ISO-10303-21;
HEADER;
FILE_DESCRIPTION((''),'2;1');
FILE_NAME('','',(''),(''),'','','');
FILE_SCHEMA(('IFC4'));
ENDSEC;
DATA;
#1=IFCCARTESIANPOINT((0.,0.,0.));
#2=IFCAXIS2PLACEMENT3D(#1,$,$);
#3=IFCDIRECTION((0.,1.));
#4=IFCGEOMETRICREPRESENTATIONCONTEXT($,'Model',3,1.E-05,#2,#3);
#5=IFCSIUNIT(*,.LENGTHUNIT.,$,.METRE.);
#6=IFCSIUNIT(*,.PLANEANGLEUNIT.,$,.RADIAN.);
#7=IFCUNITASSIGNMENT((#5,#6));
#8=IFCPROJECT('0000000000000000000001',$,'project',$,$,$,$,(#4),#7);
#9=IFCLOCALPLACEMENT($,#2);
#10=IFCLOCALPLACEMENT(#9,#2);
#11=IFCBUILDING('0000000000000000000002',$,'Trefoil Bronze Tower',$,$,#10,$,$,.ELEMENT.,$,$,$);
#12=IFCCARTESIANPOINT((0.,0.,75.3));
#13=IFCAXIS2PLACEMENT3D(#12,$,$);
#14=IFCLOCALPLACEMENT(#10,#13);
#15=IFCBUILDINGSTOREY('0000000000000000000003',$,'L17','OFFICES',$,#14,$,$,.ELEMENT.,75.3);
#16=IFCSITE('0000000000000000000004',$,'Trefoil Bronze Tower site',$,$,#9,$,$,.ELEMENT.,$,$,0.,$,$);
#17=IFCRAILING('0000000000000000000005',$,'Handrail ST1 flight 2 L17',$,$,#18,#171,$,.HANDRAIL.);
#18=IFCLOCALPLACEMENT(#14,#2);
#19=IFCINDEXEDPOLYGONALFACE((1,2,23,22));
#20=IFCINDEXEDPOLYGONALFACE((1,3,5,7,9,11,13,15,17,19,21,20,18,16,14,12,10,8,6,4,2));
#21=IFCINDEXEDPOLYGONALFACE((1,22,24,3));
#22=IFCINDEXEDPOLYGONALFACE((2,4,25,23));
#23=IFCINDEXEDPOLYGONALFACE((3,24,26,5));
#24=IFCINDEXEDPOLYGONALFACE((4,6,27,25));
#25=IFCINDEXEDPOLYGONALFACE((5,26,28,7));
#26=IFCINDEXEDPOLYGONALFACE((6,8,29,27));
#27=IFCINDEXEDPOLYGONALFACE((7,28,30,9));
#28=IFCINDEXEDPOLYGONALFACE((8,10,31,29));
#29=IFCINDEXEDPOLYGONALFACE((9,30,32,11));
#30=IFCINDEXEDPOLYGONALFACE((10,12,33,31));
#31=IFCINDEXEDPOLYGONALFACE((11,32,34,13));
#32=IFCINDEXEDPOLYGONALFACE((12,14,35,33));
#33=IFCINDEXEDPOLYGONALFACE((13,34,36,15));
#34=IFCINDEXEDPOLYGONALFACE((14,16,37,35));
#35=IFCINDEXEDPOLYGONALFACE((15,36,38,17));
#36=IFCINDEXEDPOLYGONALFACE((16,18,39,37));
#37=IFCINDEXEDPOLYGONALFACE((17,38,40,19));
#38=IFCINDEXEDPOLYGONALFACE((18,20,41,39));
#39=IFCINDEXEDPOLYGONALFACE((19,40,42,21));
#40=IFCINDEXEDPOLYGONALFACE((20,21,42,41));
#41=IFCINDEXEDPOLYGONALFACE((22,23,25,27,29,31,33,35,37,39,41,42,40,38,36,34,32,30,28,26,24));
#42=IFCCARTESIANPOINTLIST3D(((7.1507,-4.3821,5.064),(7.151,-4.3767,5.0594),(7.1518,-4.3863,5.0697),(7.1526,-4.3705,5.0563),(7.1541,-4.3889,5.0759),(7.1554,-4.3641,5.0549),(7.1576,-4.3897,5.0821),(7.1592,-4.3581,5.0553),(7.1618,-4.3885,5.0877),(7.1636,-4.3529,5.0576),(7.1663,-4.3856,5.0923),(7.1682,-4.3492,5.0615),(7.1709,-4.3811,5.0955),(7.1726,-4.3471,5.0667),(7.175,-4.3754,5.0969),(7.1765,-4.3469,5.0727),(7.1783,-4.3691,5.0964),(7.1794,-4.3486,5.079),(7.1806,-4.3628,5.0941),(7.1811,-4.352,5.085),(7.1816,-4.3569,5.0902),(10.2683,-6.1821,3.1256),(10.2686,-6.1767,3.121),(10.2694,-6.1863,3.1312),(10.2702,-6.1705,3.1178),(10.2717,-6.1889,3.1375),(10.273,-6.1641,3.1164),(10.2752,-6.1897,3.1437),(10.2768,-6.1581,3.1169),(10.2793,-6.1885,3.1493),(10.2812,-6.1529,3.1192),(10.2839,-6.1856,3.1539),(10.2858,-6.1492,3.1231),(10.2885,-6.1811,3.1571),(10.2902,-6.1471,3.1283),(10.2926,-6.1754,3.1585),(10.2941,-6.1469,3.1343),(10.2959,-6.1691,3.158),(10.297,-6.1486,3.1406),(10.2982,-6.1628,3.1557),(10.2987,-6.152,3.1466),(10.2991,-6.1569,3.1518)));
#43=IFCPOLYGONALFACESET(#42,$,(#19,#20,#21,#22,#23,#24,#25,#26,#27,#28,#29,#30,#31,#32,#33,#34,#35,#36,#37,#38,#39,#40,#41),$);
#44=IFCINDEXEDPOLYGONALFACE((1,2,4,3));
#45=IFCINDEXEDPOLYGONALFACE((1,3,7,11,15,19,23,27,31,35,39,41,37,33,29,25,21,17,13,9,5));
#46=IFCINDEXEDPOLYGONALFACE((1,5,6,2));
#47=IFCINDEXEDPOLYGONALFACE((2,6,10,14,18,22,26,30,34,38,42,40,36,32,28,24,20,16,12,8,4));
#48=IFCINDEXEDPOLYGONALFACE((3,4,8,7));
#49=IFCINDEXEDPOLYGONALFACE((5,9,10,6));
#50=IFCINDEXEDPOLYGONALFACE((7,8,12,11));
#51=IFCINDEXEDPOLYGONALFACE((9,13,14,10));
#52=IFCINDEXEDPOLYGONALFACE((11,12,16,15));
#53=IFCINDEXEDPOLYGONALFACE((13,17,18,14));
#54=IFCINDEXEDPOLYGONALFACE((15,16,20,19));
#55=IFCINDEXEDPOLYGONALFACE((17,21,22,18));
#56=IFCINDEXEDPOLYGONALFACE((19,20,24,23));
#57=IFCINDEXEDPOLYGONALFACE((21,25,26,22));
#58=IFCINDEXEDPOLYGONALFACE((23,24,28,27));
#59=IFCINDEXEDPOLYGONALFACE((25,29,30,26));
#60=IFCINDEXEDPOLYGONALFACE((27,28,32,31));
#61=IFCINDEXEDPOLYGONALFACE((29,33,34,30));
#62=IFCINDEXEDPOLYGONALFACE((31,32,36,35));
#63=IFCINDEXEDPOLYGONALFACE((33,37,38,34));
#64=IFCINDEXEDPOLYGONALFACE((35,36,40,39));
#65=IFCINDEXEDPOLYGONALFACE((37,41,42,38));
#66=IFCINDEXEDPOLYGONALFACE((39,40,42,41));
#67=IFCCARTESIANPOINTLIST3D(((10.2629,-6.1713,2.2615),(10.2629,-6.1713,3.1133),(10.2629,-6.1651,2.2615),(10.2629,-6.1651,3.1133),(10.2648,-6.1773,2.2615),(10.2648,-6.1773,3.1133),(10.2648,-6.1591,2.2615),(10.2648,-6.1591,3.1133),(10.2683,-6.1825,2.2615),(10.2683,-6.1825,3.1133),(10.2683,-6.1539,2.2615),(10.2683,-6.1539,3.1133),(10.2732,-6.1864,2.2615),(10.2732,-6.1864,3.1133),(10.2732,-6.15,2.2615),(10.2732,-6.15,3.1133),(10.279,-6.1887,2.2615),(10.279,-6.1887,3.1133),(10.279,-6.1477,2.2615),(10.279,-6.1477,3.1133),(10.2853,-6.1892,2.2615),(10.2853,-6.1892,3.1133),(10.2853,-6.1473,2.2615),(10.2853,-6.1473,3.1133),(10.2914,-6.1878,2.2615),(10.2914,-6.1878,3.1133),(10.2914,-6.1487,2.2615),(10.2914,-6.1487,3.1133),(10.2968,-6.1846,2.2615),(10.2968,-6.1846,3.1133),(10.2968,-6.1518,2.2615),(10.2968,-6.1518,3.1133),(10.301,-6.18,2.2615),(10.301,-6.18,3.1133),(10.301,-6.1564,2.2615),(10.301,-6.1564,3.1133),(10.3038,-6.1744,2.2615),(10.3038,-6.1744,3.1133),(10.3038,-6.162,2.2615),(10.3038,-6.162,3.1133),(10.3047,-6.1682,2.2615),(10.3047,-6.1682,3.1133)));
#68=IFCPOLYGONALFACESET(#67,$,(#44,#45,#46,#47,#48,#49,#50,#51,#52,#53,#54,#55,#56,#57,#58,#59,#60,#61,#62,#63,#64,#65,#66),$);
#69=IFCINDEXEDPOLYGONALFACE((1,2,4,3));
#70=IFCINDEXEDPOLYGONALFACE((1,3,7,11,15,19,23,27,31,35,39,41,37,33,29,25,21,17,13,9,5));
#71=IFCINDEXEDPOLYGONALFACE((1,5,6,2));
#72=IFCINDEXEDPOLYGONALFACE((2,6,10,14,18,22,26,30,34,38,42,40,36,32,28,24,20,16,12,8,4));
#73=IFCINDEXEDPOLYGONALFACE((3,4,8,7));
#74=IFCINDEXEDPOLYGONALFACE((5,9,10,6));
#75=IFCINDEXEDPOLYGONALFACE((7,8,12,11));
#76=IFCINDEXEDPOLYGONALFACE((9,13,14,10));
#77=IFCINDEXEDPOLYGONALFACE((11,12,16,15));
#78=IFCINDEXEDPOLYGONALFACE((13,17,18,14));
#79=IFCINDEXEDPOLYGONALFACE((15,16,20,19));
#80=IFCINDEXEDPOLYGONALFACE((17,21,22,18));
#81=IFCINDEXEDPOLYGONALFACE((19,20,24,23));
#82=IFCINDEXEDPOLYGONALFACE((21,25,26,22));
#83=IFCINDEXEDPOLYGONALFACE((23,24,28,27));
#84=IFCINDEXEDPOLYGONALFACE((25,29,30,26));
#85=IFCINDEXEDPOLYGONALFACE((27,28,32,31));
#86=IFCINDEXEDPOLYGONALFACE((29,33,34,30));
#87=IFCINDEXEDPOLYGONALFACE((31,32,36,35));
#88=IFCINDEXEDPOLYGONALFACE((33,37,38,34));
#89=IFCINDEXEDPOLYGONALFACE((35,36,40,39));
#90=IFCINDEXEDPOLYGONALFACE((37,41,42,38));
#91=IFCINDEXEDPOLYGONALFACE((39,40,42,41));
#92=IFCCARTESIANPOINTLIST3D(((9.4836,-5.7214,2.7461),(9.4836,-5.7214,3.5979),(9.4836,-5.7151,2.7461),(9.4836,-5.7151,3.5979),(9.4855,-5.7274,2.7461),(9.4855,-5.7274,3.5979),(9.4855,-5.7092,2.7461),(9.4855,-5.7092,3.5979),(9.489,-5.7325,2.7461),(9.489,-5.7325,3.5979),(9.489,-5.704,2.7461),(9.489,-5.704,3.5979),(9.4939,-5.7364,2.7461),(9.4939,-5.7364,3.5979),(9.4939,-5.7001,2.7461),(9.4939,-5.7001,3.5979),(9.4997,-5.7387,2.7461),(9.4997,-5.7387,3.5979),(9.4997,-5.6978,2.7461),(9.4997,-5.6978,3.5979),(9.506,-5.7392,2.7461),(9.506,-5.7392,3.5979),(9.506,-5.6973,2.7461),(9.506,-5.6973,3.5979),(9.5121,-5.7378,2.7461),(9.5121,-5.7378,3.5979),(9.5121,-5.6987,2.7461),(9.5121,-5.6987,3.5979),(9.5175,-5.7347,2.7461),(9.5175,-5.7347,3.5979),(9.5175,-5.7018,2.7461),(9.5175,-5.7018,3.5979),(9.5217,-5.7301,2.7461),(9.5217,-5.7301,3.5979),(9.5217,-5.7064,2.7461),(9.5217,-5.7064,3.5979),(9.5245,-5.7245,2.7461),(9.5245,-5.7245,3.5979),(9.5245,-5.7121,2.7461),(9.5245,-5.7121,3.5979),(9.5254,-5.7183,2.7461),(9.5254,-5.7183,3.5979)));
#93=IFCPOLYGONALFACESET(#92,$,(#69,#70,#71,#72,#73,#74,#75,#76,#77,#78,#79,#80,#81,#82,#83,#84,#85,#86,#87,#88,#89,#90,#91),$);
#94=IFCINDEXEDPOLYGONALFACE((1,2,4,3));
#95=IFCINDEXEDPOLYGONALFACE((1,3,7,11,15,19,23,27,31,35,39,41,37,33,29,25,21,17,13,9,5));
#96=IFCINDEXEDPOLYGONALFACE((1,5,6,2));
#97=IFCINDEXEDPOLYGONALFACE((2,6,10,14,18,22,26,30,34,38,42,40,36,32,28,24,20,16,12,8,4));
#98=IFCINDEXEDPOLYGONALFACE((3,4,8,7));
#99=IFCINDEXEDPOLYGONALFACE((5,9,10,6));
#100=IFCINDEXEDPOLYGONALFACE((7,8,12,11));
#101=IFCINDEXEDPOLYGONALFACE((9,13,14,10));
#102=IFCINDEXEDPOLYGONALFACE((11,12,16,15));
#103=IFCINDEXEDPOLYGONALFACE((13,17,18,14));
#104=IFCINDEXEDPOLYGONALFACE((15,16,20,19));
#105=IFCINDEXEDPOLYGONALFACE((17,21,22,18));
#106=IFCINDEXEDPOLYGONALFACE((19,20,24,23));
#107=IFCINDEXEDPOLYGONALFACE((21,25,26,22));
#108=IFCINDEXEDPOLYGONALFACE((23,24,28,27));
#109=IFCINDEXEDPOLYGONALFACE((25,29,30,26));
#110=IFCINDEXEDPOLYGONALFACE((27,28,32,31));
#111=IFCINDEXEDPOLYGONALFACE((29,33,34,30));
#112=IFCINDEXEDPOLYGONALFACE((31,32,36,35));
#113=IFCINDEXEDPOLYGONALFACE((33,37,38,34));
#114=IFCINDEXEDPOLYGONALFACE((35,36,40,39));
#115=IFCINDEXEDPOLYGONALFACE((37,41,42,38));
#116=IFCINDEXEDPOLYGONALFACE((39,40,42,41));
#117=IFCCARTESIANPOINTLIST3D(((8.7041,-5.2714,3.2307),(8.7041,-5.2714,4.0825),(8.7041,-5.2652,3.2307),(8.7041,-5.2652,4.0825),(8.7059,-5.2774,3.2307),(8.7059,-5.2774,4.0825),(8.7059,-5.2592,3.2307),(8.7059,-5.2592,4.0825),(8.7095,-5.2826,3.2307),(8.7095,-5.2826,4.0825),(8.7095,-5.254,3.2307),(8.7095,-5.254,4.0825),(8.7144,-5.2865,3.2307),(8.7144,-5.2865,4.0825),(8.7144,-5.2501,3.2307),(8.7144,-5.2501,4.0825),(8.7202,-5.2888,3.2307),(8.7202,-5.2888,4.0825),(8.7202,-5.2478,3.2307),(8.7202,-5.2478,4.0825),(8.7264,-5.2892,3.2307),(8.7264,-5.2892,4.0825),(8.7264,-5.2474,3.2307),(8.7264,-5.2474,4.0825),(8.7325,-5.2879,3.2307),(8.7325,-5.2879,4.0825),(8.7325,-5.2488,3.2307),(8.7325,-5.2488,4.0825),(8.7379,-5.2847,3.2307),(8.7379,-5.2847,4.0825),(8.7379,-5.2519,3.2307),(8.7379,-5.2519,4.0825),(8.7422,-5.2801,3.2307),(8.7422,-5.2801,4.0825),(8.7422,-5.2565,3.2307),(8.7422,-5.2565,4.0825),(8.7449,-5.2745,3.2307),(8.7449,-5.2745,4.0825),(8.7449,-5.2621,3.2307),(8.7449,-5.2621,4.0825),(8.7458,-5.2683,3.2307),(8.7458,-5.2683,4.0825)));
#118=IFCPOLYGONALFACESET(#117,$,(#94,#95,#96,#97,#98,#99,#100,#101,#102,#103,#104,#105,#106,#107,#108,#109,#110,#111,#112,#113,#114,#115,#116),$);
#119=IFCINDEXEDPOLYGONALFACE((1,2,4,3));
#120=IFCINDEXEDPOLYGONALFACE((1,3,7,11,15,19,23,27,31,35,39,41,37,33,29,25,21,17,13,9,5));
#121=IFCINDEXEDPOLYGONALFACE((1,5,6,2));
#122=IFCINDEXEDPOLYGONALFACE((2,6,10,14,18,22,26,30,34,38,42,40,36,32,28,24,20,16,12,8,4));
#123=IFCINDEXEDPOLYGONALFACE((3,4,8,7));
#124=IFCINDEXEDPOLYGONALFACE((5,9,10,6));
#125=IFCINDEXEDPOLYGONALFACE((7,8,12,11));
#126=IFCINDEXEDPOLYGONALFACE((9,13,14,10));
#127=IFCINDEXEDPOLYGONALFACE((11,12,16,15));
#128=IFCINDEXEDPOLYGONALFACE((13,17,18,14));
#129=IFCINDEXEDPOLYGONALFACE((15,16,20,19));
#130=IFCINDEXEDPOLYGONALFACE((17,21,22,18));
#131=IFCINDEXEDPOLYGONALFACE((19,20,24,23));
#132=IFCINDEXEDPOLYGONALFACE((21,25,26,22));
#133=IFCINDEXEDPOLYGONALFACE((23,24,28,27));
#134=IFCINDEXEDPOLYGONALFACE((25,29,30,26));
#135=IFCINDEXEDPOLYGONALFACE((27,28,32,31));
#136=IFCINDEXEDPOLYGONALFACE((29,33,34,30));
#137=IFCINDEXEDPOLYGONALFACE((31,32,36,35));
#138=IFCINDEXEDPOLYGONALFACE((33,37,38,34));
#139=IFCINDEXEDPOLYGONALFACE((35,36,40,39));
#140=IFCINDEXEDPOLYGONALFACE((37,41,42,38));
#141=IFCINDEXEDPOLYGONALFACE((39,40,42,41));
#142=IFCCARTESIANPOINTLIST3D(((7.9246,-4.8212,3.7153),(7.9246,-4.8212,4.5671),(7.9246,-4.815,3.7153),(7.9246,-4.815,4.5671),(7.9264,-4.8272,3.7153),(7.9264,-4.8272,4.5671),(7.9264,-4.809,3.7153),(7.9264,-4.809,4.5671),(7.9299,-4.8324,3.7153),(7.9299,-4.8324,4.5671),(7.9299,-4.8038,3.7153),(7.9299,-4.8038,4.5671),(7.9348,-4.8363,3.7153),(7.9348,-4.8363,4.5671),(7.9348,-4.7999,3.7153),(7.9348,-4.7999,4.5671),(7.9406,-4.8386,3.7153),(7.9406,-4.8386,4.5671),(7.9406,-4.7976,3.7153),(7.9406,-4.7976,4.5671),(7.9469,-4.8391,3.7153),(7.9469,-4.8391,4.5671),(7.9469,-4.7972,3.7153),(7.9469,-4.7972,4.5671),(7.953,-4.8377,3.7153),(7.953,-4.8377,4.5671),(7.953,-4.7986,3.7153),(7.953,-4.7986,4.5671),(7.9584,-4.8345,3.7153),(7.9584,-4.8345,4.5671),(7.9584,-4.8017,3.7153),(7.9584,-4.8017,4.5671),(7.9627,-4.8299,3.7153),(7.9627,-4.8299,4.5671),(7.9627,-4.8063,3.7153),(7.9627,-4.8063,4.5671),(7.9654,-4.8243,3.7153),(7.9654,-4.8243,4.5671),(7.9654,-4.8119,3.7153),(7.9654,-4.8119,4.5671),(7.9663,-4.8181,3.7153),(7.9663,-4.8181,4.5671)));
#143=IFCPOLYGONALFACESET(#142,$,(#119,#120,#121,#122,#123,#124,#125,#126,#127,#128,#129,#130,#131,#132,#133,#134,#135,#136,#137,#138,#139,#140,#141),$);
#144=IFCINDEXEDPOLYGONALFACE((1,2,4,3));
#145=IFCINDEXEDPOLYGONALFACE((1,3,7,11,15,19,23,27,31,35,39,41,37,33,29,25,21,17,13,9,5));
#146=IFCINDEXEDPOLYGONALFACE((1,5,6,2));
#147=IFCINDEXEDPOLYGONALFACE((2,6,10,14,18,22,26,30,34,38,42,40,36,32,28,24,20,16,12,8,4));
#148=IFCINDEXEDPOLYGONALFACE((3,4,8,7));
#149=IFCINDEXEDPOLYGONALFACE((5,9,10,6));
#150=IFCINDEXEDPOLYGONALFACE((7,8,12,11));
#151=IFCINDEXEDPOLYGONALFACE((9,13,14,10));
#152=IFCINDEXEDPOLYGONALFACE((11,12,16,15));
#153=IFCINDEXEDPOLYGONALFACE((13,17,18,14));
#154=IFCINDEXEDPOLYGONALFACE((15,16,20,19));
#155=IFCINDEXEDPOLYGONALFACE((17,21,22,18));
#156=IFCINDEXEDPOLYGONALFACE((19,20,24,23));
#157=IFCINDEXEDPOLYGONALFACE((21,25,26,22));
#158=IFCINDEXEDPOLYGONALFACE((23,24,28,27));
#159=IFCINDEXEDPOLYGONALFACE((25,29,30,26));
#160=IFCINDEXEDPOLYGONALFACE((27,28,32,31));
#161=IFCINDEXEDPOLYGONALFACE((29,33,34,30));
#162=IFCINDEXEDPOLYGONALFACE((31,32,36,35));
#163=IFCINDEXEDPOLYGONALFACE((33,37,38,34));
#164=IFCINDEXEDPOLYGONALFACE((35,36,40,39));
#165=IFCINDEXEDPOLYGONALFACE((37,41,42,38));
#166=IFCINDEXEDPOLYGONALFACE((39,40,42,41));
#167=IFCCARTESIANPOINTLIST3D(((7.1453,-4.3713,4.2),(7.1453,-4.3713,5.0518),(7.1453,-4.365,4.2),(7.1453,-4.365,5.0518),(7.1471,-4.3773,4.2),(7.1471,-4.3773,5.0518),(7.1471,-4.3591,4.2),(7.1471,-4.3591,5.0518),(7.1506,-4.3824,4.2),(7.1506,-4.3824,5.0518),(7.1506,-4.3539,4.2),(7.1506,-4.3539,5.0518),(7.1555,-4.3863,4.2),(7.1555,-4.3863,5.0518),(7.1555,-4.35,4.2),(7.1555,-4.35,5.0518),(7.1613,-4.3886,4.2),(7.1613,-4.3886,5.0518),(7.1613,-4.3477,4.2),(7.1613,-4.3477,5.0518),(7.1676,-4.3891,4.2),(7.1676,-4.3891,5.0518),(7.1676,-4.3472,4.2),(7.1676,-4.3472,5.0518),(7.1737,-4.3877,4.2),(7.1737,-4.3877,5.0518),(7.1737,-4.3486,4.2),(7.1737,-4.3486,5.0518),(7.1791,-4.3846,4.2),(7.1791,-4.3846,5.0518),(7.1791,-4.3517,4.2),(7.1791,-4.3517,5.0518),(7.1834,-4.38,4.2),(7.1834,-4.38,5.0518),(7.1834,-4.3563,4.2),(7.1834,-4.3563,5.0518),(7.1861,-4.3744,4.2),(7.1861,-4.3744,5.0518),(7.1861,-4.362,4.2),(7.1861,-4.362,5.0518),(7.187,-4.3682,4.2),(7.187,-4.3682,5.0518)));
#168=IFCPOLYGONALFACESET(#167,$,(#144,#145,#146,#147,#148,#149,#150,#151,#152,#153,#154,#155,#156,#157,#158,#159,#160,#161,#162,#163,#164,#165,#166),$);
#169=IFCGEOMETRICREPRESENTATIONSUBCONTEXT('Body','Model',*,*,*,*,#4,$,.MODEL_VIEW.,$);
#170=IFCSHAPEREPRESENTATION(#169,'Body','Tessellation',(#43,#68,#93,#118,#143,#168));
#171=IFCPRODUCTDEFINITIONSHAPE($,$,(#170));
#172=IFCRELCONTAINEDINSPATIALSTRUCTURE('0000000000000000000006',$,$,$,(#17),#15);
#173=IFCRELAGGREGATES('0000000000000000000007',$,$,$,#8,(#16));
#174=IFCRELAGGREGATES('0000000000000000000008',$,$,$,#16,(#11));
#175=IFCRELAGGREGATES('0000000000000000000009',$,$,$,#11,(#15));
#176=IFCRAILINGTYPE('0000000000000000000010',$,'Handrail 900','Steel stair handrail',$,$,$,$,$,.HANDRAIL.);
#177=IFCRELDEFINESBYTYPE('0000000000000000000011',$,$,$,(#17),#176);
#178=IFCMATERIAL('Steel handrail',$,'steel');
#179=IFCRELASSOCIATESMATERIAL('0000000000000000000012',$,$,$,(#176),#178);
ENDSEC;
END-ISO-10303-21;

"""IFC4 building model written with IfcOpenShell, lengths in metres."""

from ifc_helpers import new_model, si_unit, direction, frame, origin, origin_2d, place, context, subcontext, project, spatial, circle, extrude, material, type_object, element, save


model = new_model("IFC4")

# Units and contexts
model_context = context("Model", 3, precision=1e-05, world=origin(), true_north=direction((0.0, 1.0)))
body_context = subcontext(model_context, "Body", "Model", "MODEL_VIEW")
ifc_project = project(units=[si_unit("LENGTHUNIT", "METRE"), si_unit("PLANEANGLEUNIT", "RADIAN")], contexts=[model_context])

# Site, building, storey
site_placement = place(None, origin())
site = spatial("IfcSite", under=ifc_project, at=site_placement, Name="Trefoil Bronze Tower site", CompositionType="ELEMENT", RefElevation=0.0)
building_placement = place(site_placement, origin())
building = spatial("IfcBuilding", under=site, at=building_placement, Name="Trefoil Bronze Tower", CompositionType="ELEMENT")
storey_placement = place(building_placement, frame((0.0, 0.0, 75.3)))
storey = spatial("IfcBuildingStorey", under=building, at=storey_placement, Name="L17", Description="OFFICES", CompositionType="ELEMENT", Elevation=75.3)

# Railing
ifc_material_1 = material(Name="Steel handrail", Category="steel")
railing_type = type_object("IfcRailingType", Name="Handrail 900", Description="Steel stair handrail", PredefinedType="HANDRAIL", material=ifc_material_1)
railing_1_placement = place(storey_placement, frame((10.2837, -6.1682, 2.2615)))
element("IfcRailing", 1, at=railing_1_placement, inside=storey, type_object=railing_type, Name="Handrail ST1 flight 2 L17", PredefinedType="HANDRAIL", context=body_context, shape_type="SweptSolid", body=[
    extrude(circle(Radius=0.0239, at=origin_2d()), frame((0.0, 0.0, 0.876), z_axis=(-0.762503, 0.440246, 0.474102), x_axis=(-0.500012, -0.866018, 0.0)), (0.0, 0.0, 1.0), 4.0886),
    extrude(circle(Radius=0.021, at=origin_2d()), origin(), (0.0, 0.0, 1.0), 0.8518),
    extrude(circle(Radius=0.021, at=origin_2d()), frame((-0.7793, 0.45, 0.4846)), (0.0, 0.0, 1.0), 0.8518),
    extrude(circle(Radius=0.021, at=origin_2d()), frame((-1.5588, 0.8999, 0.9692)), (0.0, 0.0, 1.0), 0.8518),
    extrude(circle(Radius=0.021, at=origin_2d()), frame((-2.3384, 1.3501, 1.4539)), (0.0, 0.0, 1.0), 0.8518),
    extrude(circle(Radius=0.021, at=origin_2d()), frame((-3.1177, 1.8, 1.9385)), (0.0, 0.0, 1.0), 0.8518),
])

save(model, "model.ifc")
